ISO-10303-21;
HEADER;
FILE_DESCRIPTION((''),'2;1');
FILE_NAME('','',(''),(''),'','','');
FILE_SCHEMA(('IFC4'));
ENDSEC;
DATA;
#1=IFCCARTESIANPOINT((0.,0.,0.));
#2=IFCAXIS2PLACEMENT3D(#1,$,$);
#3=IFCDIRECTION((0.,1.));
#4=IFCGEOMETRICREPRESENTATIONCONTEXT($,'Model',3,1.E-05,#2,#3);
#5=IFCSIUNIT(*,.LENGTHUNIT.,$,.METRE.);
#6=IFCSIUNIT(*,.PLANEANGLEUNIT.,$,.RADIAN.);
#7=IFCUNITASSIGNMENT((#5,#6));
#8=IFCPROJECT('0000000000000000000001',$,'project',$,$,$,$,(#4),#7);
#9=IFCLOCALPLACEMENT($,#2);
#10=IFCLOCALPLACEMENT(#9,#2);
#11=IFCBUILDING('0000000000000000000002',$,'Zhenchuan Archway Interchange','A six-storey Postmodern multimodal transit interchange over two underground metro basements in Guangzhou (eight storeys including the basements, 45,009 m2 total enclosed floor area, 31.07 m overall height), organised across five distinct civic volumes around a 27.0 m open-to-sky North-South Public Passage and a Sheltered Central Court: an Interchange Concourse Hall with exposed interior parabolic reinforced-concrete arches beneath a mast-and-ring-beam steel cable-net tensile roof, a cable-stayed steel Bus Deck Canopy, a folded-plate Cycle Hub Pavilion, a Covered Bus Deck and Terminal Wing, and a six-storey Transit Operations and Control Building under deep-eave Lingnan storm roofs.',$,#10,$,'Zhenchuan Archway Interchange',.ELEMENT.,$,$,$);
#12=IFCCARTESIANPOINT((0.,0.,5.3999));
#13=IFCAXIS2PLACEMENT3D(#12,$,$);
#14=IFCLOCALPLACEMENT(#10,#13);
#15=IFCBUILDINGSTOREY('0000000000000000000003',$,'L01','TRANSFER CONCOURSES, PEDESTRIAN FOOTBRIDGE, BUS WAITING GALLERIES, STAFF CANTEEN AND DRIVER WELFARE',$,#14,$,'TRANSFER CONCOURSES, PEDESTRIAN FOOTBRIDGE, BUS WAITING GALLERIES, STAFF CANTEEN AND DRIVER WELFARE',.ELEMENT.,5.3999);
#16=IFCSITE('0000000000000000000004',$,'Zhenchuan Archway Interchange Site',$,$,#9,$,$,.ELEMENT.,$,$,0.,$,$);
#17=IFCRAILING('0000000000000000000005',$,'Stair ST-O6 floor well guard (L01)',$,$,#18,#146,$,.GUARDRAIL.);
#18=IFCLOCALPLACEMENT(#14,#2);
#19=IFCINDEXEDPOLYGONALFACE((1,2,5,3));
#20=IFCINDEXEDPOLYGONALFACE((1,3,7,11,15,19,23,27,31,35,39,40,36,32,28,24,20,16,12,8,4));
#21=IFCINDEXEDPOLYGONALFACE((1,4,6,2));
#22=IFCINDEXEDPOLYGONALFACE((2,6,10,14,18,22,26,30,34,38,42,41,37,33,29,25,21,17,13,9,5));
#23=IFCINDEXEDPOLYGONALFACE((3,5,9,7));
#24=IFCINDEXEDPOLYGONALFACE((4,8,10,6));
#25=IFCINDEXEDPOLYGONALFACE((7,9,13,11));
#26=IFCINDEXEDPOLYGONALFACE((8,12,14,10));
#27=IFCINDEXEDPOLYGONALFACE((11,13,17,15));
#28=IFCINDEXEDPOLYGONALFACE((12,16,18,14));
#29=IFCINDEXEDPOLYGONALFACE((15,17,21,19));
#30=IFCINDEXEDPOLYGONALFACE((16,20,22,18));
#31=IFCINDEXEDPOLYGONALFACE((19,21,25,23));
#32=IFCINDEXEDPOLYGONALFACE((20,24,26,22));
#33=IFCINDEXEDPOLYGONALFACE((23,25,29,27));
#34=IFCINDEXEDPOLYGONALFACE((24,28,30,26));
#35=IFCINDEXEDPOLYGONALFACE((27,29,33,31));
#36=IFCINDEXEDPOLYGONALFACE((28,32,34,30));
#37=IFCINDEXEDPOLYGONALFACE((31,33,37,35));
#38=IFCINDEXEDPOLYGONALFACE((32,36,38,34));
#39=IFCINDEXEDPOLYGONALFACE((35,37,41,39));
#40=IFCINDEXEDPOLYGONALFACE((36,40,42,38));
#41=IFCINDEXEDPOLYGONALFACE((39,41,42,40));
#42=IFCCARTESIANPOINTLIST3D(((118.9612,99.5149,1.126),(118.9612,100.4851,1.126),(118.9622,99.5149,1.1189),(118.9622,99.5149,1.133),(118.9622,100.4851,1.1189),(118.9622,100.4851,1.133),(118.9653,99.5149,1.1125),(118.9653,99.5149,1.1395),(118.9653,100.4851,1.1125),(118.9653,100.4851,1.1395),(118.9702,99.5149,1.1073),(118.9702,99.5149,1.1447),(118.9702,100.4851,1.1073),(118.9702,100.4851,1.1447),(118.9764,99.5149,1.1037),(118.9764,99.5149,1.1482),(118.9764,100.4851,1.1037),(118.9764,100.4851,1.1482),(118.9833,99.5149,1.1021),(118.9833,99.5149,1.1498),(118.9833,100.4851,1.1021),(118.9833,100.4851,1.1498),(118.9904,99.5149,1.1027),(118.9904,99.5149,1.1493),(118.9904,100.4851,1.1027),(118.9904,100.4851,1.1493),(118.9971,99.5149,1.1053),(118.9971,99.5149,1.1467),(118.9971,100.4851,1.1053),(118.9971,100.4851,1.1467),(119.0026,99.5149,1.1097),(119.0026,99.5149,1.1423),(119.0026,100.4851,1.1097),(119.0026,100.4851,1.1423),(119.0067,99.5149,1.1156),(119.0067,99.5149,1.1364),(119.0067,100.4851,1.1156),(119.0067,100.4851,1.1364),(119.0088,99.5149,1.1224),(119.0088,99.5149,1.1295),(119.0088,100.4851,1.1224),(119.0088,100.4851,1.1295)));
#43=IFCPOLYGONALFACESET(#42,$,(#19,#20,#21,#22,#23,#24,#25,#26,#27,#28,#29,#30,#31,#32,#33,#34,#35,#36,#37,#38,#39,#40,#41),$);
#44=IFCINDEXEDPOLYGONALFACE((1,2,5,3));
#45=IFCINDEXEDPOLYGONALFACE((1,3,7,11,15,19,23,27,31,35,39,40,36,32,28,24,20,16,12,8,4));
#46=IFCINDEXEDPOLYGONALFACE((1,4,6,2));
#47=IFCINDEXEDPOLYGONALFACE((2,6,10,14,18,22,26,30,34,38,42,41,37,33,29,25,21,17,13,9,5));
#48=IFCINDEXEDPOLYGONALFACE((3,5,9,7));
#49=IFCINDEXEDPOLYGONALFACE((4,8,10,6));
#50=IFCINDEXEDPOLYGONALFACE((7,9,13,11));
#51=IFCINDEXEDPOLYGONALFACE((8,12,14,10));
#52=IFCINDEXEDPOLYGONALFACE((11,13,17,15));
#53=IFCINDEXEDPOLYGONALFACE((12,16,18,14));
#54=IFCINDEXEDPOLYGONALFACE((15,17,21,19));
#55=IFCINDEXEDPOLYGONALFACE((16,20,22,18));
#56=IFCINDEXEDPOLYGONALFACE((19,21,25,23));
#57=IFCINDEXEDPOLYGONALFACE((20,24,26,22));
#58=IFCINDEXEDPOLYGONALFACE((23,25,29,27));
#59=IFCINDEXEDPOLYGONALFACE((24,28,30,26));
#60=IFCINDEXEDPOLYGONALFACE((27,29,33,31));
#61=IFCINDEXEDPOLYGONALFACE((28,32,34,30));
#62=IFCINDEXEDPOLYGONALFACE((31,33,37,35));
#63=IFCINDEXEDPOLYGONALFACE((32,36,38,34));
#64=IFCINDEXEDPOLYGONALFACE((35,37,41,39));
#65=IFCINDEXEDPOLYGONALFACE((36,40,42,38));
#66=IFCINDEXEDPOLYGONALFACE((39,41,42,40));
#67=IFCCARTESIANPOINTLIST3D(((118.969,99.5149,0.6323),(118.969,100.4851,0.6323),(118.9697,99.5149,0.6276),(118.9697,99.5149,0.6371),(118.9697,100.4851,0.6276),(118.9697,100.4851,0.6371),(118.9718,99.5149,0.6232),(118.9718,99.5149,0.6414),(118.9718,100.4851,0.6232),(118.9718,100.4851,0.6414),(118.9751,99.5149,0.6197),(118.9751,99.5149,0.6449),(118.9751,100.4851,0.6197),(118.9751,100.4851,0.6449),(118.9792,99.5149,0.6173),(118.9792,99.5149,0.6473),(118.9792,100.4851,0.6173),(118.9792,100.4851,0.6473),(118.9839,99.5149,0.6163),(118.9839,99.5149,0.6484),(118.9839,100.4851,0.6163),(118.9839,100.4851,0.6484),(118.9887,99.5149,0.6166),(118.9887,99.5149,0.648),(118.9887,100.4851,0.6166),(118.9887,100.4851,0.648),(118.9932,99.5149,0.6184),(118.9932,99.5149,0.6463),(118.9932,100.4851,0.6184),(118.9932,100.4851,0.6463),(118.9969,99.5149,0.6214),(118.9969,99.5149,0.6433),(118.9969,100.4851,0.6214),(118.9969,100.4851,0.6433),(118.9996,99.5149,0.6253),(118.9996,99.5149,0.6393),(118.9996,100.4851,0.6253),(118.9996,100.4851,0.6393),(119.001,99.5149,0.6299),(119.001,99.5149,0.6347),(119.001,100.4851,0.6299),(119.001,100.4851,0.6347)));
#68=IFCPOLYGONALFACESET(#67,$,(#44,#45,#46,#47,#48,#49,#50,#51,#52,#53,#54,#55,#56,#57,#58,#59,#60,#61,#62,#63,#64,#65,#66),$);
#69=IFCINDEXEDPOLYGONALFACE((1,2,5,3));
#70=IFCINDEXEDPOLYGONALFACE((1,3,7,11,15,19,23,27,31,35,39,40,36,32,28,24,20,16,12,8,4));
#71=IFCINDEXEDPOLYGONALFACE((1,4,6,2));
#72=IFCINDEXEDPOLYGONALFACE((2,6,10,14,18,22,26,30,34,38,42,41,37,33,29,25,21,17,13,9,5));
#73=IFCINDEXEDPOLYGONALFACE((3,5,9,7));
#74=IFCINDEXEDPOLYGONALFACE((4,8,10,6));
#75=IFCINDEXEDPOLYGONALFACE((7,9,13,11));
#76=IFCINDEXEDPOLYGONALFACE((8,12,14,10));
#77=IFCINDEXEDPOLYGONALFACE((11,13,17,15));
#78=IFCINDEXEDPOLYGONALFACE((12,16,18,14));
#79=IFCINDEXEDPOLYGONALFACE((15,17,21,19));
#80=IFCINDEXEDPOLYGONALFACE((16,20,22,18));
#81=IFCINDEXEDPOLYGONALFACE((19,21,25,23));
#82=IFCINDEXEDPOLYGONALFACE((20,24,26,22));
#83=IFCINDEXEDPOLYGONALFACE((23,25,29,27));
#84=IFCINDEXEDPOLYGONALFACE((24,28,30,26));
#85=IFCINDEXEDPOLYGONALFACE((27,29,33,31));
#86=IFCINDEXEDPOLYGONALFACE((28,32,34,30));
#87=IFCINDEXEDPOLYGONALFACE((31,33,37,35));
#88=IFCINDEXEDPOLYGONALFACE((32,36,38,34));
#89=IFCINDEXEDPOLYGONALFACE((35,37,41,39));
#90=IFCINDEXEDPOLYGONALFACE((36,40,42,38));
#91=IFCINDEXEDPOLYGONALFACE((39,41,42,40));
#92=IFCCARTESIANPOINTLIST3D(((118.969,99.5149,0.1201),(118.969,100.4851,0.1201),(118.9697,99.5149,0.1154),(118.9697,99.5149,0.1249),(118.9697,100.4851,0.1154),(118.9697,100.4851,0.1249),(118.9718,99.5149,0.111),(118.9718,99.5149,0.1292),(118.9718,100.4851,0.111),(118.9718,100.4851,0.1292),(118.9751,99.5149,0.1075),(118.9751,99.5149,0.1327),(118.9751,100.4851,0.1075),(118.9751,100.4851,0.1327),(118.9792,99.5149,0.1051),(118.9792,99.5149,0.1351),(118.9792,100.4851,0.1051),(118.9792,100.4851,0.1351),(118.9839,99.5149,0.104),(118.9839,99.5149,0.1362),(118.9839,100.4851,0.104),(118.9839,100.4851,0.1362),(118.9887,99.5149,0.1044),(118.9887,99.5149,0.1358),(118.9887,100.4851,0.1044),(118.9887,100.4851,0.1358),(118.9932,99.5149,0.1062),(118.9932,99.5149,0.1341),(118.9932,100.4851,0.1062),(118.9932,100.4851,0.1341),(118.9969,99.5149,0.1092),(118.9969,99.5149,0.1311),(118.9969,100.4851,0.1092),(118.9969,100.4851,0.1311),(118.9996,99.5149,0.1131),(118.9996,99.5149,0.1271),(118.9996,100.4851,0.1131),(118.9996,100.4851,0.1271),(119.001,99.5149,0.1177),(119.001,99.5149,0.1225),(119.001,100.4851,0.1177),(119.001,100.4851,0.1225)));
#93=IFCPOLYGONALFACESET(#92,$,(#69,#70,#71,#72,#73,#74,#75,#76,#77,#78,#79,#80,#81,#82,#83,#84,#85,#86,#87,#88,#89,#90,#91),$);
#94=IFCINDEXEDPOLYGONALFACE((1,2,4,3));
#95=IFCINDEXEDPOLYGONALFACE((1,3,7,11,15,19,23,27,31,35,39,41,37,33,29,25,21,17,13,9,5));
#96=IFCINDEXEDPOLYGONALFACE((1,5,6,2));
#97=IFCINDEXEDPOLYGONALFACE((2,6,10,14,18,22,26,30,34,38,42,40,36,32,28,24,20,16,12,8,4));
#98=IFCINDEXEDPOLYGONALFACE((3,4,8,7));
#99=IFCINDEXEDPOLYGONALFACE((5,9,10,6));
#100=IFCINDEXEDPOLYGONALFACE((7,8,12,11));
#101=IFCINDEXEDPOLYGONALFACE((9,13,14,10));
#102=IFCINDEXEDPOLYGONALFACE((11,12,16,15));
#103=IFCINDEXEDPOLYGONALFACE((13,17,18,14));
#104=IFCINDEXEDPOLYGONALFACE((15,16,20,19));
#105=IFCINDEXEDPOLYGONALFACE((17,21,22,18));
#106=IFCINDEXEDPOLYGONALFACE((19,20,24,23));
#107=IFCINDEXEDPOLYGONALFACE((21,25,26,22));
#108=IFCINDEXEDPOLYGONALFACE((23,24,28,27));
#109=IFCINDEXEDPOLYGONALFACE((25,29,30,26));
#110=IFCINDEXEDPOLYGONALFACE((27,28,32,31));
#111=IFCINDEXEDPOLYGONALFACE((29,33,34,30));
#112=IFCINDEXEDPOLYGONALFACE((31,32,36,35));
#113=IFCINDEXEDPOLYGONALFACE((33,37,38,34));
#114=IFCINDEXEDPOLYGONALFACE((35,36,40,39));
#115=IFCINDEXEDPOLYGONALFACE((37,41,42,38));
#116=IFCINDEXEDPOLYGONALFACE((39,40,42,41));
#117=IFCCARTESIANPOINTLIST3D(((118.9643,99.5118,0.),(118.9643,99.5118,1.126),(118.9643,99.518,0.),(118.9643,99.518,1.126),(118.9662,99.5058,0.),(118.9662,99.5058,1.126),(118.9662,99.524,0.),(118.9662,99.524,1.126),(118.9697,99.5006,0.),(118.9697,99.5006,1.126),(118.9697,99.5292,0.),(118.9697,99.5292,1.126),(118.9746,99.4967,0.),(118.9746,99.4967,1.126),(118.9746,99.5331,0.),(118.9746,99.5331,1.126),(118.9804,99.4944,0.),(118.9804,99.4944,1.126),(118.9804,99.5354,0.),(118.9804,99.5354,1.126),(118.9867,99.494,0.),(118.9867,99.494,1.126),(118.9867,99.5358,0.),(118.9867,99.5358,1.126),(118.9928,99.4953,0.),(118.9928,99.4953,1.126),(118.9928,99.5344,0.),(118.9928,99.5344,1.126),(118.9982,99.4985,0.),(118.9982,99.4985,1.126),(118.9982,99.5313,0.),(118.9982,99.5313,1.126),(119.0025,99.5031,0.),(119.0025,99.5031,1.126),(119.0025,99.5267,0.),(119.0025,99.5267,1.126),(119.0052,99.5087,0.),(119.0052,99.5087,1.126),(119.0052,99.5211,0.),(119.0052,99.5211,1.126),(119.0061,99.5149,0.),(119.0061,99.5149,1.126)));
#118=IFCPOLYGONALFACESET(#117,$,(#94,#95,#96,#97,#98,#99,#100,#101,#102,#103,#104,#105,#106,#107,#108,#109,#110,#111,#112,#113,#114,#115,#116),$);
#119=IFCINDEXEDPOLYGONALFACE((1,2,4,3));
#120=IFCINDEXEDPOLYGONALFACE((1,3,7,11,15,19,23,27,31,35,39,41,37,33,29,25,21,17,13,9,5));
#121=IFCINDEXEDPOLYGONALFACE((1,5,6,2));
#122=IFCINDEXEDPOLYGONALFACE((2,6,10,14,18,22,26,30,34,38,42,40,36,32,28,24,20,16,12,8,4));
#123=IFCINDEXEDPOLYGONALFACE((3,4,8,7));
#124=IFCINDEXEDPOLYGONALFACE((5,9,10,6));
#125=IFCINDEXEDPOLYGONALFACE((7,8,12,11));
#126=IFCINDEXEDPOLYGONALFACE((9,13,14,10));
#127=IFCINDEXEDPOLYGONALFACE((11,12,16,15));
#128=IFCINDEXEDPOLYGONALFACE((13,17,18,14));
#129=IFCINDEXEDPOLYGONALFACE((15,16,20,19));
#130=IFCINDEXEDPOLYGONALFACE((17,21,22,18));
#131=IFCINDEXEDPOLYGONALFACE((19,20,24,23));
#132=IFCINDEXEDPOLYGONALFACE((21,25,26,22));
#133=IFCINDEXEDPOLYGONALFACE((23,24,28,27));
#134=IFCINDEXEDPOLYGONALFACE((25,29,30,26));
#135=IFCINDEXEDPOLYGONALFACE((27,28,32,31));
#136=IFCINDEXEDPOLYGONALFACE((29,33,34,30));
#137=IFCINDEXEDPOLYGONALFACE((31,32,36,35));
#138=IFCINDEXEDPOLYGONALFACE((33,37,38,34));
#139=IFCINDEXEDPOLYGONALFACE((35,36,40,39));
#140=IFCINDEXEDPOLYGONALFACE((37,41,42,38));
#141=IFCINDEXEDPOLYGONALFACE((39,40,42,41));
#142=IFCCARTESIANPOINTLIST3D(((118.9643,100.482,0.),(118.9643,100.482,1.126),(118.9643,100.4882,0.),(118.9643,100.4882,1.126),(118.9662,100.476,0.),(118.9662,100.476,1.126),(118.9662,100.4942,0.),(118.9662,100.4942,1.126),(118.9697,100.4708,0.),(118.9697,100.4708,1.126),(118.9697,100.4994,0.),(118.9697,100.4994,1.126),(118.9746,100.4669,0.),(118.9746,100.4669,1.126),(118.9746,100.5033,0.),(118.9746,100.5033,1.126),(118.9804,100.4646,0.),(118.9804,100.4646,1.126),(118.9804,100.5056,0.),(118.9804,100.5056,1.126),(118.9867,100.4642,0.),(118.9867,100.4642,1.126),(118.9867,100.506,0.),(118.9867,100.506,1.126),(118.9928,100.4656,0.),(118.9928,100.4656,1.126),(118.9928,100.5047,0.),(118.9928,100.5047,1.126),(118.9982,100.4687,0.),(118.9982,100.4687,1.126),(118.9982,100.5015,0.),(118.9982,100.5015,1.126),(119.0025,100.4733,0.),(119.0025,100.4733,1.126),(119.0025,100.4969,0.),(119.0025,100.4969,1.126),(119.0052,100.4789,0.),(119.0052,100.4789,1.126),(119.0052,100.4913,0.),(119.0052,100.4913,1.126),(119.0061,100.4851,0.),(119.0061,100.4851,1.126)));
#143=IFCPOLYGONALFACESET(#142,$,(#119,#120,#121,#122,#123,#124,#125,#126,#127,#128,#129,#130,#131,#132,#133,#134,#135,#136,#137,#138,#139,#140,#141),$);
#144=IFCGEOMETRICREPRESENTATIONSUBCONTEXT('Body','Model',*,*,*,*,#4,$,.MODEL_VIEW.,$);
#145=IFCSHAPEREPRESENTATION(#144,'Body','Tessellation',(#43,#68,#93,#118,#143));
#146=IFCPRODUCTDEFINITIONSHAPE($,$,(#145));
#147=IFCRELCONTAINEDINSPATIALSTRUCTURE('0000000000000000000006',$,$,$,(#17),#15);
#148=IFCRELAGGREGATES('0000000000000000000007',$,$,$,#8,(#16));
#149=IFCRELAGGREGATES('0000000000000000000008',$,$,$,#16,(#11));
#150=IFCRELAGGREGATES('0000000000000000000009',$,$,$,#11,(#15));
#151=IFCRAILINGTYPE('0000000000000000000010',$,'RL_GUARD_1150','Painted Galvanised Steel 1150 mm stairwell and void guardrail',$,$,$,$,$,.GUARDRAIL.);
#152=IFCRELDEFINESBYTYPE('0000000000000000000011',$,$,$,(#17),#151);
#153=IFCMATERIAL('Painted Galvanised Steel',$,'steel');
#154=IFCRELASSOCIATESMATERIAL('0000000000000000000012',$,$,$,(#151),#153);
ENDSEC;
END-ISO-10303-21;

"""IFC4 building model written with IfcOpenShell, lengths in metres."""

from ifc_helpers import new_model, si_unit, direction, frame, origin, origin_2d, place, context, subcontext, project, spatial, circle, extrude, material, type_object, element, save


model = new_model("IFC4")

# Units and contexts
model_context = context("Model", 3, precision=1e-05, world=origin(), true_north=direction((0.0, 1.0)))
body_context = subcontext(model_context, "Body", "Model", "MODEL_VIEW")
ifc_project = project(units=[si_unit("LENGTHUNIT", "METRE"), si_unit("PLANEANGLEUNIT", "RADIAN")], contexts=[model_context])

# Site, building, storey
site_placement = place(None, origin())
site = spatial("IfcSite", under=ifc_project, at=site_placement, Name="Zhenchuan Archway Interchange Site", CompositionType="ELEMENT", RefElevation=0.0)
building_placement = place(site_placement, origin())
building = spatial("IfcBuilding", under=site, at=building_placement, Name="Zhenchuan Archway Interchange", Description="A six-storey Postmodern multimodal transit interchange over two underground metro basements in Guangzhou (eight storeys including the basements, 45,009 m2 total enclosed floor area, 31.07 m overall height), organised across five distinct civic volumes around a 27.0 m open-to-sky North-South Public Passage and a Sheltered Central Court: an Interchange Concourse Hall with exposed interior parabolic reinforced-concrete arches beneath a mast-and-ring-beam steel cable-net tensile roof, a cable-stayed steel Bus Deck Canopy, a folded-plate Cycle Hub Pavilion, a Covered Bus Deck and Terminal Wing, and a six-storey Transit Operations and Control Building under deep-eave Lingnan storm roofs.", LongName="Zhenchuan Archway Interchange", CompositionType="ELEMENT")
storey_placement = place(building_placement, frame((0.0, 0.0, 5.3999)))
storey = spatial("IfcBuildingStorey", under=building, at=storey_placement, Name="L01", Description="TRANSFER CONCOURSES, PEDESTRIAN FOOTBRIDGE, BUS WAITING GALLERIES, STAFF CANTEEN AND DRIVER WELFARE", LongName="TRANSFER CONCOURSES, PEDESTRIAN FOOTBRIDGE, BUS WAITING GALLERIES, STAFF CANTEEN AND DRIVER WELFARE", CompositionType="ELEMENT", Elevation=5.3999)

# Shared definitions
ifc_material_1 = material(Name="Painted Galvanised Steel", Category="steel")

# Railing
railing_type_1 = type_object("IfcRailingType", Name="RL_GUARD_1150", Description="Painted Galvanised Steel 1150 mm stairwell and void guardrail", PredefinedType="GUARDRAIL", material=ifc_material_1)
for number, where, name in (
    (1, (118.9851, 99.5149, 0.0), "Stair ST-O6 floor well guard (L01)"),
):
    element("IfcRailing", number, at=place(storey_placement, frame(where)), inside=storey, type_object=railing_type_1, Name=name, PredefinedType="GUARDRAIL", context=body_context, shape_type="SweptSolid", body=[
        extrude(circle(Radius=0.0239, at=origin_2d()), frame((0.0, 0.0, 1.126), z_axis=(0.0, 1.0, 0.0), x_axis=(-1.0, 0.0, 0.0)), (0.0, 0.0, 1.0), 0.9702),
        extrude(circle(Radius=0.0161, at=origin_2d()), frame((0.0, 0.0, 0.6323), z_axis=(0.0, 1.0, 0.0), x_axis=(-1.0, 0.0, 0.0)), (0.0, 0.0, 1.0), 0.9702),
        extrude(circle(Radius=0.0161, at=origin_2d()), frame((0.0, 0.0, 0.1201), z_axis=(0.0, 1.0, 0.0), x_axis=(-1.0, 0.0, 0.0)), (0.0, 0.0, 1.0), 0.9702),
        extrude(circle(Radius=0.021, at=origin_2d()), origin(), (0.0, 0.0, 1.0), 1.126),
        extrude(circle(Radius=0.021, at=origin_2d()), frame((0.0, 0.9702, 0.0)), (0.0, 0.0, 1.0), 1.126),
    ])

save(model, "model.ifc")
